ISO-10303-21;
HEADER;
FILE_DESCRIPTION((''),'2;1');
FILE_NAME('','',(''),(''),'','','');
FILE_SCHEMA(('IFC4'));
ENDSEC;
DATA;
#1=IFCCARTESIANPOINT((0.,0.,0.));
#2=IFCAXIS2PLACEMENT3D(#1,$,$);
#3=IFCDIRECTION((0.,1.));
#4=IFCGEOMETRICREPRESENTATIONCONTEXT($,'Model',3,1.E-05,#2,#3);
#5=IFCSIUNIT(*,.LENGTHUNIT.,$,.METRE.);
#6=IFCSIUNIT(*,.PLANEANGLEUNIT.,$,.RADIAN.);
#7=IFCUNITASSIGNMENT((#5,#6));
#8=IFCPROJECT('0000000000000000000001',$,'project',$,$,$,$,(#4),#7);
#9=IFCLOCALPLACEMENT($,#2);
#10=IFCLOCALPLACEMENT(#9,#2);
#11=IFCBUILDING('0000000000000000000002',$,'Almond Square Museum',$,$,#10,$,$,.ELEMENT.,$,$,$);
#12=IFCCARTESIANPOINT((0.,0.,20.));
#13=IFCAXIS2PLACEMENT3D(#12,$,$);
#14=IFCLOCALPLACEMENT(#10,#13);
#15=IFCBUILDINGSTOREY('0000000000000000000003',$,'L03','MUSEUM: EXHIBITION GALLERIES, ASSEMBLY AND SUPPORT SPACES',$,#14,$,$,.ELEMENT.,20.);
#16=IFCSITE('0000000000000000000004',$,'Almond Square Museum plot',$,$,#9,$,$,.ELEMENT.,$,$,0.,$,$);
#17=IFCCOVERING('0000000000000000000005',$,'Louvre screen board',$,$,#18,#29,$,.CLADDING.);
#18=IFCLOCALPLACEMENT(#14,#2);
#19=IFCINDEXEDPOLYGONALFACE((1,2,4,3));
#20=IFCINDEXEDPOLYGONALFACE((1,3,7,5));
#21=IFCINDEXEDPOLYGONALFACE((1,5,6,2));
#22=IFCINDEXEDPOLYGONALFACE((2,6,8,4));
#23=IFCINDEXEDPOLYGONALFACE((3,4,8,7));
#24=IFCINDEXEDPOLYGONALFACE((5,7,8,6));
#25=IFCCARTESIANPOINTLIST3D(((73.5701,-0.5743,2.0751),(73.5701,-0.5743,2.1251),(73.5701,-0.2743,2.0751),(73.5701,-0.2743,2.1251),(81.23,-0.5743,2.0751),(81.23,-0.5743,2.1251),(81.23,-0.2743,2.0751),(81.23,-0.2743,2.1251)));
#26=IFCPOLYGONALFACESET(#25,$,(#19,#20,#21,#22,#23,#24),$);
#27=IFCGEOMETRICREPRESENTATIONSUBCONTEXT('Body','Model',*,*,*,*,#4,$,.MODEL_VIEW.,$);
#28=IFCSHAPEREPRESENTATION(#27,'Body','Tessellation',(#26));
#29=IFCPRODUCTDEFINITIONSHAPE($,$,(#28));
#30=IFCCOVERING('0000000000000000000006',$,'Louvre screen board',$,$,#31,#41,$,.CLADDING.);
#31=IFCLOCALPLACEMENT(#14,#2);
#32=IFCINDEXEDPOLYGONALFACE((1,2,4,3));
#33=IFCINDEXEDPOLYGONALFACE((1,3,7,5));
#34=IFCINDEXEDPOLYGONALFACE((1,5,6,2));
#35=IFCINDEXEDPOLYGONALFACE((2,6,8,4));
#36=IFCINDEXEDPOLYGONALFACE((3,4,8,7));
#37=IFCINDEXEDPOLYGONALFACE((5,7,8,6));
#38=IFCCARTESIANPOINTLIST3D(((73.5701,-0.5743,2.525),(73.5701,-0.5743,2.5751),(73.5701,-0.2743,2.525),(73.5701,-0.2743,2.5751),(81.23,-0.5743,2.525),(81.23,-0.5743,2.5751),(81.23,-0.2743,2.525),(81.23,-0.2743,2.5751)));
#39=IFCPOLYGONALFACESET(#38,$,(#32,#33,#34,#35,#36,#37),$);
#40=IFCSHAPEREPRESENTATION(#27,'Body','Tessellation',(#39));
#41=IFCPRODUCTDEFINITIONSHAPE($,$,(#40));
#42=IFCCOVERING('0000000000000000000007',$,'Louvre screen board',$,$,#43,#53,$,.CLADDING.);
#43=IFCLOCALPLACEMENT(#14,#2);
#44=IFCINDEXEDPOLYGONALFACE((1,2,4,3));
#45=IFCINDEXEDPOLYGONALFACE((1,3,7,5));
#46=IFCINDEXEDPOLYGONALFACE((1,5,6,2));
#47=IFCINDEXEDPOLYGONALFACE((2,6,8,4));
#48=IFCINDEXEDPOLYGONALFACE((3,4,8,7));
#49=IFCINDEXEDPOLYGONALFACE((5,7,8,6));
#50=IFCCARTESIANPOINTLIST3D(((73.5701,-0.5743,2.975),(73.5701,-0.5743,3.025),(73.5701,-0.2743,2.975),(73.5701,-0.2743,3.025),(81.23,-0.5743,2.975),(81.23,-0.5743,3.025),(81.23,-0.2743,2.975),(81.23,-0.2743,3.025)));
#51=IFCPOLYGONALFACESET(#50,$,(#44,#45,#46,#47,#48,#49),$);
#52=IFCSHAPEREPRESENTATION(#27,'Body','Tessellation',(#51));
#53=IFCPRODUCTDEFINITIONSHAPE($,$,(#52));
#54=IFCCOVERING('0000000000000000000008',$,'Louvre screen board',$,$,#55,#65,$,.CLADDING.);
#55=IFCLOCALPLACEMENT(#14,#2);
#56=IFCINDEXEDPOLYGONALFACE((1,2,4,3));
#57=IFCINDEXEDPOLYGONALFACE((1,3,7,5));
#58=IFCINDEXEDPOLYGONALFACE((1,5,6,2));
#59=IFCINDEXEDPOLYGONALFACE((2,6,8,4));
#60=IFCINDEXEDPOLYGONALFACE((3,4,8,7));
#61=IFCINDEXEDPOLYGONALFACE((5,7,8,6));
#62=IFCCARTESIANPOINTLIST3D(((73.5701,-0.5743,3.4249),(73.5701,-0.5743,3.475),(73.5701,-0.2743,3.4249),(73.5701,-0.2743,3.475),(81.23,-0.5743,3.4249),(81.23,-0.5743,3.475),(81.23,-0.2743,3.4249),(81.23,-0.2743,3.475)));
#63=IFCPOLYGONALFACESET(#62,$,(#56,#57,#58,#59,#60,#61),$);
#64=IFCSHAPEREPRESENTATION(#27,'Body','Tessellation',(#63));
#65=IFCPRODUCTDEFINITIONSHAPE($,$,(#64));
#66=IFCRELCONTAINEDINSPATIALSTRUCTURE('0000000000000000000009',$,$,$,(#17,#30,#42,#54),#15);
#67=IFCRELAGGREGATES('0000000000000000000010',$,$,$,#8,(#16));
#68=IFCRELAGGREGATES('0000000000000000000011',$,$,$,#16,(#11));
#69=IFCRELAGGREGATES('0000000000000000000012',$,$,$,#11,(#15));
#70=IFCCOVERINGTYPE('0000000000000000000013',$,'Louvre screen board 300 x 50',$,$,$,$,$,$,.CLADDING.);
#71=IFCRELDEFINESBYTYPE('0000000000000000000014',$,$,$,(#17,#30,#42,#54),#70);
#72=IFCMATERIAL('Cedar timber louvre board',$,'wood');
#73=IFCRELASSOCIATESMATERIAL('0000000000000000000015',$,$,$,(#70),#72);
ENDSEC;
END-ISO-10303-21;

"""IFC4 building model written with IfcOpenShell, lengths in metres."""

from ifc_helpers import new_model, si_unit, direction, frame, origin, origin_2d, place, context, subcontext, project, spatial, rectangle, extrude, material, material_profile, profile_set, type_object, element, save


model = new_model("IFC4")

# Units and contexts
model_context = context("Model", 3, precision=1e-05, world=origin(), true_north=direction((0.0, 1.0)))
body_context = subcontext(model_context, "Body", "Model", "MODEL_VIEW")
ifc_project = project(units=[si_unit("LENGTHUNIT", "METRE"), si_unit("PLANEANGLEUNIT", "RADIAN")], contexts=[model_context])

# Site, building, storey
site_placement = place(None, origin())
site = spatial("IfcSite", under=ifc_project, at=site_placement, Name="Almond Square Museum plot", CompositionType="ELEMENT", RefElevation=0.0)
building_placement = place(site_placement, origin())
building = spatial("IfcBuilding", under=site, at=building_placement, Name="Almond Square Museum", CompositionType="ELEMENT")
storey_placement = place(building_placement, frame((0.0, 0.0, 20.0)))
storey = spatial("IfcBuildingStorey", under=building, at=storey_placement, Name="L03", Description="MUSEUM: EXHIBITION GALLERIES, ASSEMBLY AND SUPPORT SPACES", CompositionType="ELEMENT", Elevation=20.0)

# Coverings
ifc_material_1 = material(Name="Cedar timber louvre board", Category="wood")
ifc_material_profile_1 = material_profile(ifc_material_1, rectangle(XDim=0.3, YDim=0.05, at=origin_2d()))
ifc_profile_set_1 = profile_set([ifc_material_profile_1], Name="Cedar timber louvre board")
covering_type = type_object("IfcCoveringType", Name="Louvre screen board 300 x 50", PredefinedType="CLADDING", material=ifc_profile_set_1)
for number, where, z_axis, x_axis, name in (
    (1, (73.5701, -0.4243, 2.1001), (1.0, 0.0, 0.0), (0.0, 1.0, 0.0), "Louvre screen board"),
    (2, (73.5701, -0.4243, 2.55), (1.0, 0.0, 0.0), (0.0, 1.0, 0.0), "Louvre screen board"),
    (3, (73.5701, -0.4243, 3.0), (1.0, 0.0, 0.0), (0.0, 1.0, 0.0), "Louvre screen board"),
    (4, (73.5701, -0.4243, 3.45), (1.0, 0.0, 0.0), (0.0, 1.0, 0.0), "Louvre screen board"),
):
    element("IfcCovering", number, at=place(storey_placement, frame(where, z_axis=z_axis, x_axis=x_axis)), inside=storey, type_object=covering_type, Name=name, PredefinedType="CLADDING", context=body_context, shape_type="SweptSolid", body=[
        extrude(rectangle(XDim=0.3, YDim=0.05, at=origin_2d()), origin(), (0.0, 0.0, 1.0), 7.6599),
    ])

save(model, "model.ifc")
